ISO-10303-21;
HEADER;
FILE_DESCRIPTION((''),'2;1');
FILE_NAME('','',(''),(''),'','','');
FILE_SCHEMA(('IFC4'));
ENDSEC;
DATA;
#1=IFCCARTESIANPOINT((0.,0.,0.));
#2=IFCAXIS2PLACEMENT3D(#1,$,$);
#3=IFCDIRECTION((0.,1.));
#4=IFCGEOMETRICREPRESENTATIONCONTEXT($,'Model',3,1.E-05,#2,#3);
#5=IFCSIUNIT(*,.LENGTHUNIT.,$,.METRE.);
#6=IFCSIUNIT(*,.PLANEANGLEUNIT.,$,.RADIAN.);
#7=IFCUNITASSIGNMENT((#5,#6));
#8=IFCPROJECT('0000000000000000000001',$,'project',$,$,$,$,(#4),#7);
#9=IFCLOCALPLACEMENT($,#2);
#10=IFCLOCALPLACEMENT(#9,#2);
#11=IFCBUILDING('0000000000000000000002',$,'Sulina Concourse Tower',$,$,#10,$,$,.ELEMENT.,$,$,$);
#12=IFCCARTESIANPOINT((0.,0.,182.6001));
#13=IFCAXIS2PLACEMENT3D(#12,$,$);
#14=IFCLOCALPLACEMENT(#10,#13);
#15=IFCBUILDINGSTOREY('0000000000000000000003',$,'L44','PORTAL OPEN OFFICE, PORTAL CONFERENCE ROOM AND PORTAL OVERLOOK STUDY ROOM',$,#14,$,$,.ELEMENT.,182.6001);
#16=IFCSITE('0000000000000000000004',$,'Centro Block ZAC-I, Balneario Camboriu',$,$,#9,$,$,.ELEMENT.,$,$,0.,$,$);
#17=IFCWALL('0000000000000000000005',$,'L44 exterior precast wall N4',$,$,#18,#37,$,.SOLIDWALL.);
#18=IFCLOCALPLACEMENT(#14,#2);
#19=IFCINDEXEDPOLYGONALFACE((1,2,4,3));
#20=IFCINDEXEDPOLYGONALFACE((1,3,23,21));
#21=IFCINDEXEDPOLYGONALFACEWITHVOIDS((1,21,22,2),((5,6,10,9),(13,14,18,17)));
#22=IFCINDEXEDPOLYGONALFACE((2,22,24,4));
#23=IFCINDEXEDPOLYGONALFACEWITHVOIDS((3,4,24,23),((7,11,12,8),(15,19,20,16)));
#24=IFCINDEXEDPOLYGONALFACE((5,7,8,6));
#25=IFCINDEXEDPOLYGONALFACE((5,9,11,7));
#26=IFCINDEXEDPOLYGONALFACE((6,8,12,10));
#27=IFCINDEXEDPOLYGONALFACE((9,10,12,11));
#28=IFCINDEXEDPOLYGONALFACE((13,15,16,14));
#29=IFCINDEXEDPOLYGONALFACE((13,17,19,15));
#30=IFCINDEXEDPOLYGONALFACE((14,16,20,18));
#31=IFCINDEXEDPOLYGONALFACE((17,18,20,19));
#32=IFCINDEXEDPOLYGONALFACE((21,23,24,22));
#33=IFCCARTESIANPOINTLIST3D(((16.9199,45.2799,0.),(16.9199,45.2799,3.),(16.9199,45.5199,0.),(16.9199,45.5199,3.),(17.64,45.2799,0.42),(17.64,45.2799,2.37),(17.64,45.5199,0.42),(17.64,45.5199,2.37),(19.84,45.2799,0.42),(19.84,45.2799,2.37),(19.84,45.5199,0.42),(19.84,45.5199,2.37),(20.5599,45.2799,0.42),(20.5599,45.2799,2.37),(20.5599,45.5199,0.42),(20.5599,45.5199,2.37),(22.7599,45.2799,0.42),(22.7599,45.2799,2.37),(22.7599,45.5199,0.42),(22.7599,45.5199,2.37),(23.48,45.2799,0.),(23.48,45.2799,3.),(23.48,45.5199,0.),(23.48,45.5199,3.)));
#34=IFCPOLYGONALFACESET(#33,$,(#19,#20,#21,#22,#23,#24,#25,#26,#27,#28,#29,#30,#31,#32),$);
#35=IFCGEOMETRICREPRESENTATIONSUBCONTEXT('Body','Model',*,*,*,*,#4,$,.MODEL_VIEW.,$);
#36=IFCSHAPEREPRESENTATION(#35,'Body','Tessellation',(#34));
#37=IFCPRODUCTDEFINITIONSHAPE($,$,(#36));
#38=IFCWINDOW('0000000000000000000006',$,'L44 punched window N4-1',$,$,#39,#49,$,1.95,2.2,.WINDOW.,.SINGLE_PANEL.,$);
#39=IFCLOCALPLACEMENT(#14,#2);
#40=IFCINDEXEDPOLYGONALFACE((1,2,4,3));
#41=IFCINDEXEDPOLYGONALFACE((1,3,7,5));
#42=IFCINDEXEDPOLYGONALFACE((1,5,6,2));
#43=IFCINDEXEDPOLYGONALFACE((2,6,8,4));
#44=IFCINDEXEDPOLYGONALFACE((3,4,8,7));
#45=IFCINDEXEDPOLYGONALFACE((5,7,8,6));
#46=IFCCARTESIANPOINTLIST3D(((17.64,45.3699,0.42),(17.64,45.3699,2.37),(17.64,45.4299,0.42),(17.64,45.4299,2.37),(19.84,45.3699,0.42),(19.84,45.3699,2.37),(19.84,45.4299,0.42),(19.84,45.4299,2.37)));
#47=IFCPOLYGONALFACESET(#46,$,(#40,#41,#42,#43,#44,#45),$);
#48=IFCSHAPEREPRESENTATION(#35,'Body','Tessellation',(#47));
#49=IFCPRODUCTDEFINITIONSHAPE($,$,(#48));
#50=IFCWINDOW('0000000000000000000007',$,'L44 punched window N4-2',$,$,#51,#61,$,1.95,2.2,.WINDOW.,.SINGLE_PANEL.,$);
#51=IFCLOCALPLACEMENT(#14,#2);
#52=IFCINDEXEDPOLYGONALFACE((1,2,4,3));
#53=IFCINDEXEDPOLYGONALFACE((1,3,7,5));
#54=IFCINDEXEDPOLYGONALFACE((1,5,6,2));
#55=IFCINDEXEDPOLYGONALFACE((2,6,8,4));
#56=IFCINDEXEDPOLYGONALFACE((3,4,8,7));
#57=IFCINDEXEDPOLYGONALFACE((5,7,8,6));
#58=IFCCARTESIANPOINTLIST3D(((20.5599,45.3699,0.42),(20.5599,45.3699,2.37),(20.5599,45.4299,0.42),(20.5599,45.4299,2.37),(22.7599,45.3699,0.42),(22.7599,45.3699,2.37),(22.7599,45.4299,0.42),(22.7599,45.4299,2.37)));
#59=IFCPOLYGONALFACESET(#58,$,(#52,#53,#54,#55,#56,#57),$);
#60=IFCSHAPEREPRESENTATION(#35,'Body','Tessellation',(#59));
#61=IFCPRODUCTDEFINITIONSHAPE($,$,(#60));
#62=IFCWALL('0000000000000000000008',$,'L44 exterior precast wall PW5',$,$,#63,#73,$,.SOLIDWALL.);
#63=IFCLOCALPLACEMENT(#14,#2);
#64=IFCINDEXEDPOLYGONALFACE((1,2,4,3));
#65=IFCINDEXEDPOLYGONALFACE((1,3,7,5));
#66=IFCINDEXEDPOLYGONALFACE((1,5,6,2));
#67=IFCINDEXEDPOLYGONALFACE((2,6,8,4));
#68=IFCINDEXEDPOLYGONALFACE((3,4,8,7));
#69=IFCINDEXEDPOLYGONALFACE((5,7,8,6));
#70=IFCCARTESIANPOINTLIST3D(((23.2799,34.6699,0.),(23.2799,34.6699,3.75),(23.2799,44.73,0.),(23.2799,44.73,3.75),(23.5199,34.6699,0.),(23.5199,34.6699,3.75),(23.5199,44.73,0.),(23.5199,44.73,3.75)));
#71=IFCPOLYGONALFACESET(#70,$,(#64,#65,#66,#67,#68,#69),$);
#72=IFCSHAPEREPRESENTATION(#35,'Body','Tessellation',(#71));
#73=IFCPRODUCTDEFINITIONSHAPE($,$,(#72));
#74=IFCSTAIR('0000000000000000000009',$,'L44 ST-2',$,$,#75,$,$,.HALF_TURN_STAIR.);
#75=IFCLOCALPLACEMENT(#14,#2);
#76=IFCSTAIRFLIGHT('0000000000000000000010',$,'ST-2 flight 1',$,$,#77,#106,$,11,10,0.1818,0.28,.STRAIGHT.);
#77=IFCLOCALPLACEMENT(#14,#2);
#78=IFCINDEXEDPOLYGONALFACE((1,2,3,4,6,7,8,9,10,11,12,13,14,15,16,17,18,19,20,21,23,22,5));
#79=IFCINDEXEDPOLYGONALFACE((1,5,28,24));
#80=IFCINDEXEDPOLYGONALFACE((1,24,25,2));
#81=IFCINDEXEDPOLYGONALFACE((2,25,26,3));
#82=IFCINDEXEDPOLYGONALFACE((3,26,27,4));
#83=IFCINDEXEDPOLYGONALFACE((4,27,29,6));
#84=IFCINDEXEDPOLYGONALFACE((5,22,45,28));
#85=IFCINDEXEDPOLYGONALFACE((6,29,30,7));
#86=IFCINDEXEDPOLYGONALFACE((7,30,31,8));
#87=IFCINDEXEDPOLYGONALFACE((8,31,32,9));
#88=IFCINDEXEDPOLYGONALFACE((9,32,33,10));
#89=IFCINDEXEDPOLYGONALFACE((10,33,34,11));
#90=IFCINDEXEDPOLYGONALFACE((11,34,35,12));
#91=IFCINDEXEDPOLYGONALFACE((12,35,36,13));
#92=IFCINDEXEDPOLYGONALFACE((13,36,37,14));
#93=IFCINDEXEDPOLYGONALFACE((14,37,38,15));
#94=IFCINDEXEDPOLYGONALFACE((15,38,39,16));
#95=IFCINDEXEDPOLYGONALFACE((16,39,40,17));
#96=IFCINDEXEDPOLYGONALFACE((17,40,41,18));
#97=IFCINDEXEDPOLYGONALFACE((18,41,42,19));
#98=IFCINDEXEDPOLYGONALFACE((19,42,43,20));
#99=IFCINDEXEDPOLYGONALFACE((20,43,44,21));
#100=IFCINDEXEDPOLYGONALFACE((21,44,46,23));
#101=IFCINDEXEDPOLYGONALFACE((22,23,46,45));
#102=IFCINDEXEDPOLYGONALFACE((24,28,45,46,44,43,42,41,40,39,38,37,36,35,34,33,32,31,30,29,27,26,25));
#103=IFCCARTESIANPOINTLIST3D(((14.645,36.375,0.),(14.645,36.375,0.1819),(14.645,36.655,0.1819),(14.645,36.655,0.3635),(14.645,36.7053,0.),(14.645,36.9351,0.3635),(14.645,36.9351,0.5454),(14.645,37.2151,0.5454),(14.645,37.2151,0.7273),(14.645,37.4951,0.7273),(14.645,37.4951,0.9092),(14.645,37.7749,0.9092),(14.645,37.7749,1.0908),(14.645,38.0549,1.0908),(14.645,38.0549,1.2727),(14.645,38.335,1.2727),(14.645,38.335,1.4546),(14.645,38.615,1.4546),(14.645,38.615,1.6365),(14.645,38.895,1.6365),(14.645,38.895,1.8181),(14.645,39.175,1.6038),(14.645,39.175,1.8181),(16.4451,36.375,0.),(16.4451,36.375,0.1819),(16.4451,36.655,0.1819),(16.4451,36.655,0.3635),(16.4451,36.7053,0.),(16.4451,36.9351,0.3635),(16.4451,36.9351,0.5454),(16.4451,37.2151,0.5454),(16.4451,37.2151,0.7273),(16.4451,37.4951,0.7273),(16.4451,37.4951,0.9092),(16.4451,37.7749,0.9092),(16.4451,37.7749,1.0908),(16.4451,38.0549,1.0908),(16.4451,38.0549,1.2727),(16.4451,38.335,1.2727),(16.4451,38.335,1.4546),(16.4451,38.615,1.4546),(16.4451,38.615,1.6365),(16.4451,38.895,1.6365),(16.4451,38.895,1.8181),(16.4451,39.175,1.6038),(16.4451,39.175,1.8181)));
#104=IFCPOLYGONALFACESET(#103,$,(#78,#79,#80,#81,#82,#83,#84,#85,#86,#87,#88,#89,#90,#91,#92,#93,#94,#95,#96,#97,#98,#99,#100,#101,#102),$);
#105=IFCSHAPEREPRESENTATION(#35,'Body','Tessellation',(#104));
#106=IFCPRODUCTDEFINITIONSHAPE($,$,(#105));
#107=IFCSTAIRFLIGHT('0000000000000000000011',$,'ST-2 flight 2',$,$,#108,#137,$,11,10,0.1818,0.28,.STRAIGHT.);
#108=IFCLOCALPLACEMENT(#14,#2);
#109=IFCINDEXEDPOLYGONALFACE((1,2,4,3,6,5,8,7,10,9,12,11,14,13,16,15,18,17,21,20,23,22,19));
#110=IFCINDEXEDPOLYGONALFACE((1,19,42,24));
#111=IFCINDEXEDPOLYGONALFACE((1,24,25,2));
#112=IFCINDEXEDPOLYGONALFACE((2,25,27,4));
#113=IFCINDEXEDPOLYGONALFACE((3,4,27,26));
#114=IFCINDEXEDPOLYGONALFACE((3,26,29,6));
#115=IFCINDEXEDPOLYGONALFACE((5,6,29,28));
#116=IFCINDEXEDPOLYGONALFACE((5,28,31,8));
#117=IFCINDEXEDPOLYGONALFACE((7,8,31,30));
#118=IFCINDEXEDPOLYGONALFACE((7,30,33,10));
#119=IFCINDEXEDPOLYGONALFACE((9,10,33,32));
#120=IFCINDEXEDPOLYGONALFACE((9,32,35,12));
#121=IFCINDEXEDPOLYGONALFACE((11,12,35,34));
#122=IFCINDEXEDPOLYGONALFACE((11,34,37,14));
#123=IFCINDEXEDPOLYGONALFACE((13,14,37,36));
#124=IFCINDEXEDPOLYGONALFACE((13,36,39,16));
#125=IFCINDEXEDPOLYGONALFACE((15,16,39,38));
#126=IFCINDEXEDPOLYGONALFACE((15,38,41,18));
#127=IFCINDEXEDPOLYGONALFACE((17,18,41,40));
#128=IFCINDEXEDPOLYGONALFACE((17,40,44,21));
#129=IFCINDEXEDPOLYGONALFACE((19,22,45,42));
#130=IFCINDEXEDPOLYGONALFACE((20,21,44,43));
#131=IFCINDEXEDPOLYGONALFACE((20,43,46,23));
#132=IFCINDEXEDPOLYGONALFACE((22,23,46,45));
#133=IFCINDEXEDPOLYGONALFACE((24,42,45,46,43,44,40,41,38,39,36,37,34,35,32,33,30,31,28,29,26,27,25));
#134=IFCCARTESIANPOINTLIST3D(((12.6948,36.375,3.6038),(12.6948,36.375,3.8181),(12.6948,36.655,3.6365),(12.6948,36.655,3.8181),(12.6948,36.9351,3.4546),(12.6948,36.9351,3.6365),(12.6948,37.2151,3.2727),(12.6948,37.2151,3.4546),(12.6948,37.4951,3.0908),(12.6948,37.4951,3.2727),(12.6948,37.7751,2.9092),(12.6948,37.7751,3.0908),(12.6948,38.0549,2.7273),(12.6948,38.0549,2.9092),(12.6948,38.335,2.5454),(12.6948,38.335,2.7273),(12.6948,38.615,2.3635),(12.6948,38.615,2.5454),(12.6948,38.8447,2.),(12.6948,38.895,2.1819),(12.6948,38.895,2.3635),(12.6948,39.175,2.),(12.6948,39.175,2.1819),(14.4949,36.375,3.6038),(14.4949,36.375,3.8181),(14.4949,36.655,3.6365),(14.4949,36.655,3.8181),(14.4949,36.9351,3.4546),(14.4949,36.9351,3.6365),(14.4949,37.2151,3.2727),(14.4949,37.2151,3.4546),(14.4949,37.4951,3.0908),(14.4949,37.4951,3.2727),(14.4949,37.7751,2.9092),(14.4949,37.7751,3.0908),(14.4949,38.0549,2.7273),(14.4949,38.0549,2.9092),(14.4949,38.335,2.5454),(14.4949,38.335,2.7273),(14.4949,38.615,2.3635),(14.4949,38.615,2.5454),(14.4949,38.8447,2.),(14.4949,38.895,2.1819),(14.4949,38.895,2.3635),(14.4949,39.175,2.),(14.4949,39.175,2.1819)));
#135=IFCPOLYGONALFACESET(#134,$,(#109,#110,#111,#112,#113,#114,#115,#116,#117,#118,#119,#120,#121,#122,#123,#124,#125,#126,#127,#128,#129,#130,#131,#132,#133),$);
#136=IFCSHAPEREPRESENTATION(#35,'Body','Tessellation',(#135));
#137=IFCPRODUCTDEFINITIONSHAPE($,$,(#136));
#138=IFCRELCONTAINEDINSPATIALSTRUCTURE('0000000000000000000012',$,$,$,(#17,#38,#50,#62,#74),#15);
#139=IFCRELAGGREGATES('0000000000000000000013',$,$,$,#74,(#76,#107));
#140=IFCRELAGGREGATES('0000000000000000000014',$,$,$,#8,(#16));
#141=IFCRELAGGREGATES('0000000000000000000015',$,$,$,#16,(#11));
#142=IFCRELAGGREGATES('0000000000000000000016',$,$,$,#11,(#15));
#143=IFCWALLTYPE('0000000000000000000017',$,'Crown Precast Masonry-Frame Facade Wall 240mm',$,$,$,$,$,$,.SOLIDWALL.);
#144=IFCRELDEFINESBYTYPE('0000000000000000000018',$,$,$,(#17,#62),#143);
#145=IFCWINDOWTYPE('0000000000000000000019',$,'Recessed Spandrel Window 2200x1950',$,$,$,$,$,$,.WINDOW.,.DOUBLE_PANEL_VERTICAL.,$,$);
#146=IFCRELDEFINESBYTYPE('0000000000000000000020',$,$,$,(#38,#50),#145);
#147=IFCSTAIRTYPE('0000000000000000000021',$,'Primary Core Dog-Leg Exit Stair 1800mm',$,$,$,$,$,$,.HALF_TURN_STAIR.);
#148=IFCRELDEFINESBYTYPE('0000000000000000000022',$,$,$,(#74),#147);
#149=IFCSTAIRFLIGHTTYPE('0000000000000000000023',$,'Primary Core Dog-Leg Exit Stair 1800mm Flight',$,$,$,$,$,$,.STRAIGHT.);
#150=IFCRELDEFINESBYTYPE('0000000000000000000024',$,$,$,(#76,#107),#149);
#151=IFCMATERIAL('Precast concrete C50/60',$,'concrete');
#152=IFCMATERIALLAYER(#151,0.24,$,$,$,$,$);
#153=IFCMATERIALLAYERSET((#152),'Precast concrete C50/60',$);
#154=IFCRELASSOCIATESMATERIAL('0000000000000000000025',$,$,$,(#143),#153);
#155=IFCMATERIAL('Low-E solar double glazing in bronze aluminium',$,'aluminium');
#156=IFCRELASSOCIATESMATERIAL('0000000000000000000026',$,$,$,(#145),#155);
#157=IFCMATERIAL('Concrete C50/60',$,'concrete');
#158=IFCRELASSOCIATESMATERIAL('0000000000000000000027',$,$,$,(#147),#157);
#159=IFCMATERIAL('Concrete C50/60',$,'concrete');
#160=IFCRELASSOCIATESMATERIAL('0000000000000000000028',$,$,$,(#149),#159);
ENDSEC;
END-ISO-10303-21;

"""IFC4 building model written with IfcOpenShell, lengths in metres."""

from ifc_helpers import new_model, si_unit, direction, frame, frame_2d, origin, place, context, subcontext, project, spatial, polyline, rectangle, outline, extrude, material, layer, layer_set, type_object, element, fill, aggregate, save


model = new_model("IFC4")

# Units and contexts
model_context = context("Model", 3, precision=1e-05, world=origin(), true_north=direction((0.0, 1.0)))
body_context = subcontext(model_context, "Body", "Model", "MODEL_VIEW")
ifc_project = project(units=[si_unit("LENGTHUNIT", "METRE"), si_unit("PLANEANGLEUNIT", "RADIAN")], contexts=[model_context])

# Site, building, storey
site_placement = place(None, origin())
site = spatial("IfcSite", under=ifc_project, at=site_placement, Name="Centro Block ZAC-I, Balneario Camboriu", CompositionType="ELEMENT", RefElevation=0.0)
building_placement = place(site_placement, origin())
building = spatial("IfcBuilding", under=site, at=building_placement, Name="Sulina Concourse Tower", CompositionType="ELEMENT")
storey_placement = place(building_placement, frame((0.0, 0.0, 182.6001)))
storey = spatial("IfcBuildingStorey", under=building, at=storey_placement, Name="L44", Description="PORTAL OPEN OFFICE, PORTAL CONFERENCE ROOM AND PORTAL OVERLOOK STUDY ROOM", CompositionType="ELEMENT", Elevation=182.6001)

# Shared definitions
ifc_material_1 = material(Name="Precast concrete C50/60", Category="concrete")
ifc_layer_1 = layer(ifc_material_1, 0.24)
ifc_layer_set_1 = layer_set([ifc_layer_1], Name="Precast concrete C50/60")
wall_type_1 = type_object("IfcWallType", Name="Crown Precast Masonry-Frame Facade Wall 240mm", PredefinedType="SOLIDWALL", material=ifc_layer_set_1)

# Wall, openings, windows
wall_1_placement = place(storey_placement, frame((16.9199, 45.3999, 0.0), z_axis=(0.0, 0.0, 1.0), x_axis=(1.0, 0.0, 0.0)))
wall_1 = element("IfcWall", 1, at=wall_1_placement, inside=storey, type_object=wall_type_1, Name="L44 exterior precast wall N4", PredefinedType="SOLIDWALL", context=body_context, shape_type="SweptSolid", body=[
    extrude(rectangle(XDim=6.5601, YDim=0.24, at=frame_2d((3.28, 0.0))), origin(), (0.0, 0.0, 1.0), 3.0),
])
opening_1_placement = place(wall_1_placement, frame((0.72, 0.0, 0.4199)))
opening_1 = element("IfcOpeningElement", 2, at=opening_1_placement, cuts=wall_1, PredefinedType="OPENING", context=body_context, shape_type="SweptSolid", body=[
    extrude(rectangle(XDim=2.2, YDim=1.95, at=frame_2d((1.1001, 0.9751))), frame((0.0, 0.1299, 0.0), z_axis=(0.0, -1.0, 0.0), x_axis=(1.0, 0.0, 0.0)), (0.0, 0.0, 1.0), 0.26),
])
opening_2_placement = place(wall_1_placement, frame((3.6399, 0.0, 0.4199)))
opening_2 = element("IfcOpeningElement", 3, at=opening_2_placement, cuts=wall_1, PredefinedType="OPENING", context=body_context, shape_type="SweptSolid", body=[
    extrude(rectangle(XDim=2.2, YDim=1.95, at=frame_2d((1.1001, 0.9751))), frame((0.0, 0.1299, 0.0), z_axis=(0.0, -1.0, 0.0), x_axis=(1.0, 0.0, 0.0)), (0.0, 0.0, 1.0), 0.26),
])
ifc_material_2 = material(Name="Low-E solar double glazing in bronze aluminium", Category="aluminium")
window_type = type_object("IfcWindowType", Name="Recessed Spandrel Window 2200x1950", PartitioningType="DOUBLE_PANEL_VERTICAL", PredefinedType="WINDOW", material=ifc_material_2)
window_1_placement = place(opening_1_placement, origin())
window_1 = element("IfcWindow", 4, at=window_1_placement, inside=storey, type_object=window_type, Name="L44 punched window N4-1", OverallHeight=1.95, OverallWidth=2.2, PartitioningType="SINGLE_PANEL", PredefinedType="WINDOW", context=body_context, shape_type="SweptSolid", body=[
    extrude(rectangle(XDim=2.2, YDim=1.95, at=frame_2d((1.1001, 0.9751))), frame((0.0, 0.03, 0.0), z_axis=(0.0, -1.0, 0.0), x_axis=(1.0, 0.0, 0.0)), (0.0, 0.0, 1.0), 0.0601),
])
fill(opening_1, window_1)
window_2_placement = place(opening_2_placement, origin())
window_2 = element("IfcWindow", 5, at=window_2_placement, inside=storey, type_object=window_type, Name="L44 punched window N4-2", OverallHeight=1.95, OverallWidth=2.2, PartitioningType="SINGLE_PANEL", PredefinedType="WINDOW", context=body_context, shape_type="SweptSolid", body=[
    extrude(rectangle(XDim=2.2, YDim=1.95, at=frame_2d((1.1001, 0.9751))), frame((0.0, 0.03, 0.0), z_axis=(0.0, -1.0, 0.0), x_axis=(1.0, 0.0, 0.0)), (0.0, 0.0, 1.0), 0.0601),
])
fill(opening_2, window_2)

# Wall
wall_2_placement = place(storey_placement, frame((23.3999, 44.73, 0.0), z_axis=(0.0, 0.0, 1.0), x_axis=(0.0, -1.0, 0.0)))
element("IfcWall", 6, at=wall_2_placement, inside=storey, type_object=wall_type_1, Name="L44 exterior precast wall PW5", PredefinedType="SOLIDWALL", context=body_context, shape_type="SweptSolid", body=[
    extrude(rectangle(XDim=10.0601, YDim=0.24, at=frame_2d((5.03, 0.0))), origin(), (0.0, 0.0, 1.0), 3.75),
])

# Stair, stair flights
ifc_material_3 = material(Name="Concrete C50/60", Category="concrete")
stair_type = type_object("IfcStairType", Name="Primary Core Dog-Leg Exit Stair 1800mm", PredefinedType="HALF_TURN_STAIR", material=ifc_material_3)
stair_placement = place(storey_placement, origin())
stair = element("IfcStair", 7, at=stair_placement, inside=storey, type_object=stair_type, Name="L44 ST-2", PredefinedType="HALF_TURN_STAIR")
ifc_material_4 = material(Name="Concrete C50/60", Category="concrete")
stair_flight_type = type_object("IfcStairFlightType", Name="Primary Core Dog-Leg Exit Stair 1800mm Flight", PredefinedType="STRAIGHT", material=ifc_material_4)
stair_flight_1_placement = place(storey_placement, frame((15.5449, 36.375, 0.0), z_axis=(0.0, 0.0, 1.0), x_axis=(0.0, 1.0, 0.0)))
stair_flight_1 = element("IfcStairFlight", 8, at=stair_flight_1_placement, type_object=stair_flight_type, Name="ST-2 flight 1", NumberOfRisers=11, NumberOfTreads=10, PredefinedType="STRAIGHT", RiserHeight=0.1818, TreadLength=0.28, context=body_context, shape_type="SweptSolid", body=[
    extrude(outline(polyline([(0.0, 0.0), (0.0, 0.1819), (0.28, 0.1819), (0.28, 0.3635), (0.5601, 0.3635), (0.5601, 0.5454), (0.8401, 0.5454), (0.8401, 0.7273), (1.1201, 0.7273), (1.1201, 0.9092), (1.3999, 0.9092), (1.3999, 1.0908), (1.6799, 1.0908), (1.6799, 1.2727), (1.96, 1.2727), (1.96, 1.4546), (2.24, 1.4546), (2.24, 1.6365), (2.52, 1.6365), (2.52, 1.8181), (2.8, 1.8181), (2.8, 2.0), (2.8, 1.6038), (0.3303, 0.0), (0.0, 0.0)])), frame((0.0, 0.8999, 0.0), z_axis=(0.0, -1.0, 0.0), x_axis=(1.0, 0.0, 0.0)), (0.0, 0.0, 1.0), 1.8),
])
stair_flight_2_placement = place(storey_placement, frame((13.595, 39.175, 2.0), z_axis=(0.0, 0.0, 1.0), x_axis=(0.0, -1.0, 0.0)))
stair_flight_2 = element("IfcStairFlight", 9, at=stair_flight_2_placement, type_object=stair_flight_type, Name="ST-2 flight 2", NumberOfRisers=11, NumberOfTreads=10, PredefinedType="STRAIGHT", RiserHeight=0.1818, TreadLength=0.28, context=body_context, shape_type="SweptSolid", body=[
    extrude(outline(polyline([(0.0, 0.0), (0.0, 0.1819), (0.28, 0.1819), (0.28, 0.3635), (0.5601, 0.3635), (0.5601, 0.5454), (0.8401, 0.5454), (0.8401, 0.7273), (1.1201, 0.7273), (1.1201, 0.9092), (1.3999, 0.9092), (1.3999, 1.0908), (1.6799, 1.0908), (1.6799, 1.2727), (1.96, 1.2727), (1.96, 1.4546), (2.24, 1.4546), (2.24, 1.6365), (2.52, 1.6365), (2.52, 1.8181), (2.8, 1.8181), (2.8, 2.0), (2.8, 1.6038), (0.3303, 0.0), (0.0, 0.0)])), frame((0.0, 0.8999, 0.0), z_axis=(0.0, -1.0, 0.0), x_axis=(1.0, 0.0, 0.0)), (0.0, 0.0, 1.0), 1.8),
])
aggregate(stair, [stair_flight_1, stair_flight_2])

save(model, "model.ifc")
